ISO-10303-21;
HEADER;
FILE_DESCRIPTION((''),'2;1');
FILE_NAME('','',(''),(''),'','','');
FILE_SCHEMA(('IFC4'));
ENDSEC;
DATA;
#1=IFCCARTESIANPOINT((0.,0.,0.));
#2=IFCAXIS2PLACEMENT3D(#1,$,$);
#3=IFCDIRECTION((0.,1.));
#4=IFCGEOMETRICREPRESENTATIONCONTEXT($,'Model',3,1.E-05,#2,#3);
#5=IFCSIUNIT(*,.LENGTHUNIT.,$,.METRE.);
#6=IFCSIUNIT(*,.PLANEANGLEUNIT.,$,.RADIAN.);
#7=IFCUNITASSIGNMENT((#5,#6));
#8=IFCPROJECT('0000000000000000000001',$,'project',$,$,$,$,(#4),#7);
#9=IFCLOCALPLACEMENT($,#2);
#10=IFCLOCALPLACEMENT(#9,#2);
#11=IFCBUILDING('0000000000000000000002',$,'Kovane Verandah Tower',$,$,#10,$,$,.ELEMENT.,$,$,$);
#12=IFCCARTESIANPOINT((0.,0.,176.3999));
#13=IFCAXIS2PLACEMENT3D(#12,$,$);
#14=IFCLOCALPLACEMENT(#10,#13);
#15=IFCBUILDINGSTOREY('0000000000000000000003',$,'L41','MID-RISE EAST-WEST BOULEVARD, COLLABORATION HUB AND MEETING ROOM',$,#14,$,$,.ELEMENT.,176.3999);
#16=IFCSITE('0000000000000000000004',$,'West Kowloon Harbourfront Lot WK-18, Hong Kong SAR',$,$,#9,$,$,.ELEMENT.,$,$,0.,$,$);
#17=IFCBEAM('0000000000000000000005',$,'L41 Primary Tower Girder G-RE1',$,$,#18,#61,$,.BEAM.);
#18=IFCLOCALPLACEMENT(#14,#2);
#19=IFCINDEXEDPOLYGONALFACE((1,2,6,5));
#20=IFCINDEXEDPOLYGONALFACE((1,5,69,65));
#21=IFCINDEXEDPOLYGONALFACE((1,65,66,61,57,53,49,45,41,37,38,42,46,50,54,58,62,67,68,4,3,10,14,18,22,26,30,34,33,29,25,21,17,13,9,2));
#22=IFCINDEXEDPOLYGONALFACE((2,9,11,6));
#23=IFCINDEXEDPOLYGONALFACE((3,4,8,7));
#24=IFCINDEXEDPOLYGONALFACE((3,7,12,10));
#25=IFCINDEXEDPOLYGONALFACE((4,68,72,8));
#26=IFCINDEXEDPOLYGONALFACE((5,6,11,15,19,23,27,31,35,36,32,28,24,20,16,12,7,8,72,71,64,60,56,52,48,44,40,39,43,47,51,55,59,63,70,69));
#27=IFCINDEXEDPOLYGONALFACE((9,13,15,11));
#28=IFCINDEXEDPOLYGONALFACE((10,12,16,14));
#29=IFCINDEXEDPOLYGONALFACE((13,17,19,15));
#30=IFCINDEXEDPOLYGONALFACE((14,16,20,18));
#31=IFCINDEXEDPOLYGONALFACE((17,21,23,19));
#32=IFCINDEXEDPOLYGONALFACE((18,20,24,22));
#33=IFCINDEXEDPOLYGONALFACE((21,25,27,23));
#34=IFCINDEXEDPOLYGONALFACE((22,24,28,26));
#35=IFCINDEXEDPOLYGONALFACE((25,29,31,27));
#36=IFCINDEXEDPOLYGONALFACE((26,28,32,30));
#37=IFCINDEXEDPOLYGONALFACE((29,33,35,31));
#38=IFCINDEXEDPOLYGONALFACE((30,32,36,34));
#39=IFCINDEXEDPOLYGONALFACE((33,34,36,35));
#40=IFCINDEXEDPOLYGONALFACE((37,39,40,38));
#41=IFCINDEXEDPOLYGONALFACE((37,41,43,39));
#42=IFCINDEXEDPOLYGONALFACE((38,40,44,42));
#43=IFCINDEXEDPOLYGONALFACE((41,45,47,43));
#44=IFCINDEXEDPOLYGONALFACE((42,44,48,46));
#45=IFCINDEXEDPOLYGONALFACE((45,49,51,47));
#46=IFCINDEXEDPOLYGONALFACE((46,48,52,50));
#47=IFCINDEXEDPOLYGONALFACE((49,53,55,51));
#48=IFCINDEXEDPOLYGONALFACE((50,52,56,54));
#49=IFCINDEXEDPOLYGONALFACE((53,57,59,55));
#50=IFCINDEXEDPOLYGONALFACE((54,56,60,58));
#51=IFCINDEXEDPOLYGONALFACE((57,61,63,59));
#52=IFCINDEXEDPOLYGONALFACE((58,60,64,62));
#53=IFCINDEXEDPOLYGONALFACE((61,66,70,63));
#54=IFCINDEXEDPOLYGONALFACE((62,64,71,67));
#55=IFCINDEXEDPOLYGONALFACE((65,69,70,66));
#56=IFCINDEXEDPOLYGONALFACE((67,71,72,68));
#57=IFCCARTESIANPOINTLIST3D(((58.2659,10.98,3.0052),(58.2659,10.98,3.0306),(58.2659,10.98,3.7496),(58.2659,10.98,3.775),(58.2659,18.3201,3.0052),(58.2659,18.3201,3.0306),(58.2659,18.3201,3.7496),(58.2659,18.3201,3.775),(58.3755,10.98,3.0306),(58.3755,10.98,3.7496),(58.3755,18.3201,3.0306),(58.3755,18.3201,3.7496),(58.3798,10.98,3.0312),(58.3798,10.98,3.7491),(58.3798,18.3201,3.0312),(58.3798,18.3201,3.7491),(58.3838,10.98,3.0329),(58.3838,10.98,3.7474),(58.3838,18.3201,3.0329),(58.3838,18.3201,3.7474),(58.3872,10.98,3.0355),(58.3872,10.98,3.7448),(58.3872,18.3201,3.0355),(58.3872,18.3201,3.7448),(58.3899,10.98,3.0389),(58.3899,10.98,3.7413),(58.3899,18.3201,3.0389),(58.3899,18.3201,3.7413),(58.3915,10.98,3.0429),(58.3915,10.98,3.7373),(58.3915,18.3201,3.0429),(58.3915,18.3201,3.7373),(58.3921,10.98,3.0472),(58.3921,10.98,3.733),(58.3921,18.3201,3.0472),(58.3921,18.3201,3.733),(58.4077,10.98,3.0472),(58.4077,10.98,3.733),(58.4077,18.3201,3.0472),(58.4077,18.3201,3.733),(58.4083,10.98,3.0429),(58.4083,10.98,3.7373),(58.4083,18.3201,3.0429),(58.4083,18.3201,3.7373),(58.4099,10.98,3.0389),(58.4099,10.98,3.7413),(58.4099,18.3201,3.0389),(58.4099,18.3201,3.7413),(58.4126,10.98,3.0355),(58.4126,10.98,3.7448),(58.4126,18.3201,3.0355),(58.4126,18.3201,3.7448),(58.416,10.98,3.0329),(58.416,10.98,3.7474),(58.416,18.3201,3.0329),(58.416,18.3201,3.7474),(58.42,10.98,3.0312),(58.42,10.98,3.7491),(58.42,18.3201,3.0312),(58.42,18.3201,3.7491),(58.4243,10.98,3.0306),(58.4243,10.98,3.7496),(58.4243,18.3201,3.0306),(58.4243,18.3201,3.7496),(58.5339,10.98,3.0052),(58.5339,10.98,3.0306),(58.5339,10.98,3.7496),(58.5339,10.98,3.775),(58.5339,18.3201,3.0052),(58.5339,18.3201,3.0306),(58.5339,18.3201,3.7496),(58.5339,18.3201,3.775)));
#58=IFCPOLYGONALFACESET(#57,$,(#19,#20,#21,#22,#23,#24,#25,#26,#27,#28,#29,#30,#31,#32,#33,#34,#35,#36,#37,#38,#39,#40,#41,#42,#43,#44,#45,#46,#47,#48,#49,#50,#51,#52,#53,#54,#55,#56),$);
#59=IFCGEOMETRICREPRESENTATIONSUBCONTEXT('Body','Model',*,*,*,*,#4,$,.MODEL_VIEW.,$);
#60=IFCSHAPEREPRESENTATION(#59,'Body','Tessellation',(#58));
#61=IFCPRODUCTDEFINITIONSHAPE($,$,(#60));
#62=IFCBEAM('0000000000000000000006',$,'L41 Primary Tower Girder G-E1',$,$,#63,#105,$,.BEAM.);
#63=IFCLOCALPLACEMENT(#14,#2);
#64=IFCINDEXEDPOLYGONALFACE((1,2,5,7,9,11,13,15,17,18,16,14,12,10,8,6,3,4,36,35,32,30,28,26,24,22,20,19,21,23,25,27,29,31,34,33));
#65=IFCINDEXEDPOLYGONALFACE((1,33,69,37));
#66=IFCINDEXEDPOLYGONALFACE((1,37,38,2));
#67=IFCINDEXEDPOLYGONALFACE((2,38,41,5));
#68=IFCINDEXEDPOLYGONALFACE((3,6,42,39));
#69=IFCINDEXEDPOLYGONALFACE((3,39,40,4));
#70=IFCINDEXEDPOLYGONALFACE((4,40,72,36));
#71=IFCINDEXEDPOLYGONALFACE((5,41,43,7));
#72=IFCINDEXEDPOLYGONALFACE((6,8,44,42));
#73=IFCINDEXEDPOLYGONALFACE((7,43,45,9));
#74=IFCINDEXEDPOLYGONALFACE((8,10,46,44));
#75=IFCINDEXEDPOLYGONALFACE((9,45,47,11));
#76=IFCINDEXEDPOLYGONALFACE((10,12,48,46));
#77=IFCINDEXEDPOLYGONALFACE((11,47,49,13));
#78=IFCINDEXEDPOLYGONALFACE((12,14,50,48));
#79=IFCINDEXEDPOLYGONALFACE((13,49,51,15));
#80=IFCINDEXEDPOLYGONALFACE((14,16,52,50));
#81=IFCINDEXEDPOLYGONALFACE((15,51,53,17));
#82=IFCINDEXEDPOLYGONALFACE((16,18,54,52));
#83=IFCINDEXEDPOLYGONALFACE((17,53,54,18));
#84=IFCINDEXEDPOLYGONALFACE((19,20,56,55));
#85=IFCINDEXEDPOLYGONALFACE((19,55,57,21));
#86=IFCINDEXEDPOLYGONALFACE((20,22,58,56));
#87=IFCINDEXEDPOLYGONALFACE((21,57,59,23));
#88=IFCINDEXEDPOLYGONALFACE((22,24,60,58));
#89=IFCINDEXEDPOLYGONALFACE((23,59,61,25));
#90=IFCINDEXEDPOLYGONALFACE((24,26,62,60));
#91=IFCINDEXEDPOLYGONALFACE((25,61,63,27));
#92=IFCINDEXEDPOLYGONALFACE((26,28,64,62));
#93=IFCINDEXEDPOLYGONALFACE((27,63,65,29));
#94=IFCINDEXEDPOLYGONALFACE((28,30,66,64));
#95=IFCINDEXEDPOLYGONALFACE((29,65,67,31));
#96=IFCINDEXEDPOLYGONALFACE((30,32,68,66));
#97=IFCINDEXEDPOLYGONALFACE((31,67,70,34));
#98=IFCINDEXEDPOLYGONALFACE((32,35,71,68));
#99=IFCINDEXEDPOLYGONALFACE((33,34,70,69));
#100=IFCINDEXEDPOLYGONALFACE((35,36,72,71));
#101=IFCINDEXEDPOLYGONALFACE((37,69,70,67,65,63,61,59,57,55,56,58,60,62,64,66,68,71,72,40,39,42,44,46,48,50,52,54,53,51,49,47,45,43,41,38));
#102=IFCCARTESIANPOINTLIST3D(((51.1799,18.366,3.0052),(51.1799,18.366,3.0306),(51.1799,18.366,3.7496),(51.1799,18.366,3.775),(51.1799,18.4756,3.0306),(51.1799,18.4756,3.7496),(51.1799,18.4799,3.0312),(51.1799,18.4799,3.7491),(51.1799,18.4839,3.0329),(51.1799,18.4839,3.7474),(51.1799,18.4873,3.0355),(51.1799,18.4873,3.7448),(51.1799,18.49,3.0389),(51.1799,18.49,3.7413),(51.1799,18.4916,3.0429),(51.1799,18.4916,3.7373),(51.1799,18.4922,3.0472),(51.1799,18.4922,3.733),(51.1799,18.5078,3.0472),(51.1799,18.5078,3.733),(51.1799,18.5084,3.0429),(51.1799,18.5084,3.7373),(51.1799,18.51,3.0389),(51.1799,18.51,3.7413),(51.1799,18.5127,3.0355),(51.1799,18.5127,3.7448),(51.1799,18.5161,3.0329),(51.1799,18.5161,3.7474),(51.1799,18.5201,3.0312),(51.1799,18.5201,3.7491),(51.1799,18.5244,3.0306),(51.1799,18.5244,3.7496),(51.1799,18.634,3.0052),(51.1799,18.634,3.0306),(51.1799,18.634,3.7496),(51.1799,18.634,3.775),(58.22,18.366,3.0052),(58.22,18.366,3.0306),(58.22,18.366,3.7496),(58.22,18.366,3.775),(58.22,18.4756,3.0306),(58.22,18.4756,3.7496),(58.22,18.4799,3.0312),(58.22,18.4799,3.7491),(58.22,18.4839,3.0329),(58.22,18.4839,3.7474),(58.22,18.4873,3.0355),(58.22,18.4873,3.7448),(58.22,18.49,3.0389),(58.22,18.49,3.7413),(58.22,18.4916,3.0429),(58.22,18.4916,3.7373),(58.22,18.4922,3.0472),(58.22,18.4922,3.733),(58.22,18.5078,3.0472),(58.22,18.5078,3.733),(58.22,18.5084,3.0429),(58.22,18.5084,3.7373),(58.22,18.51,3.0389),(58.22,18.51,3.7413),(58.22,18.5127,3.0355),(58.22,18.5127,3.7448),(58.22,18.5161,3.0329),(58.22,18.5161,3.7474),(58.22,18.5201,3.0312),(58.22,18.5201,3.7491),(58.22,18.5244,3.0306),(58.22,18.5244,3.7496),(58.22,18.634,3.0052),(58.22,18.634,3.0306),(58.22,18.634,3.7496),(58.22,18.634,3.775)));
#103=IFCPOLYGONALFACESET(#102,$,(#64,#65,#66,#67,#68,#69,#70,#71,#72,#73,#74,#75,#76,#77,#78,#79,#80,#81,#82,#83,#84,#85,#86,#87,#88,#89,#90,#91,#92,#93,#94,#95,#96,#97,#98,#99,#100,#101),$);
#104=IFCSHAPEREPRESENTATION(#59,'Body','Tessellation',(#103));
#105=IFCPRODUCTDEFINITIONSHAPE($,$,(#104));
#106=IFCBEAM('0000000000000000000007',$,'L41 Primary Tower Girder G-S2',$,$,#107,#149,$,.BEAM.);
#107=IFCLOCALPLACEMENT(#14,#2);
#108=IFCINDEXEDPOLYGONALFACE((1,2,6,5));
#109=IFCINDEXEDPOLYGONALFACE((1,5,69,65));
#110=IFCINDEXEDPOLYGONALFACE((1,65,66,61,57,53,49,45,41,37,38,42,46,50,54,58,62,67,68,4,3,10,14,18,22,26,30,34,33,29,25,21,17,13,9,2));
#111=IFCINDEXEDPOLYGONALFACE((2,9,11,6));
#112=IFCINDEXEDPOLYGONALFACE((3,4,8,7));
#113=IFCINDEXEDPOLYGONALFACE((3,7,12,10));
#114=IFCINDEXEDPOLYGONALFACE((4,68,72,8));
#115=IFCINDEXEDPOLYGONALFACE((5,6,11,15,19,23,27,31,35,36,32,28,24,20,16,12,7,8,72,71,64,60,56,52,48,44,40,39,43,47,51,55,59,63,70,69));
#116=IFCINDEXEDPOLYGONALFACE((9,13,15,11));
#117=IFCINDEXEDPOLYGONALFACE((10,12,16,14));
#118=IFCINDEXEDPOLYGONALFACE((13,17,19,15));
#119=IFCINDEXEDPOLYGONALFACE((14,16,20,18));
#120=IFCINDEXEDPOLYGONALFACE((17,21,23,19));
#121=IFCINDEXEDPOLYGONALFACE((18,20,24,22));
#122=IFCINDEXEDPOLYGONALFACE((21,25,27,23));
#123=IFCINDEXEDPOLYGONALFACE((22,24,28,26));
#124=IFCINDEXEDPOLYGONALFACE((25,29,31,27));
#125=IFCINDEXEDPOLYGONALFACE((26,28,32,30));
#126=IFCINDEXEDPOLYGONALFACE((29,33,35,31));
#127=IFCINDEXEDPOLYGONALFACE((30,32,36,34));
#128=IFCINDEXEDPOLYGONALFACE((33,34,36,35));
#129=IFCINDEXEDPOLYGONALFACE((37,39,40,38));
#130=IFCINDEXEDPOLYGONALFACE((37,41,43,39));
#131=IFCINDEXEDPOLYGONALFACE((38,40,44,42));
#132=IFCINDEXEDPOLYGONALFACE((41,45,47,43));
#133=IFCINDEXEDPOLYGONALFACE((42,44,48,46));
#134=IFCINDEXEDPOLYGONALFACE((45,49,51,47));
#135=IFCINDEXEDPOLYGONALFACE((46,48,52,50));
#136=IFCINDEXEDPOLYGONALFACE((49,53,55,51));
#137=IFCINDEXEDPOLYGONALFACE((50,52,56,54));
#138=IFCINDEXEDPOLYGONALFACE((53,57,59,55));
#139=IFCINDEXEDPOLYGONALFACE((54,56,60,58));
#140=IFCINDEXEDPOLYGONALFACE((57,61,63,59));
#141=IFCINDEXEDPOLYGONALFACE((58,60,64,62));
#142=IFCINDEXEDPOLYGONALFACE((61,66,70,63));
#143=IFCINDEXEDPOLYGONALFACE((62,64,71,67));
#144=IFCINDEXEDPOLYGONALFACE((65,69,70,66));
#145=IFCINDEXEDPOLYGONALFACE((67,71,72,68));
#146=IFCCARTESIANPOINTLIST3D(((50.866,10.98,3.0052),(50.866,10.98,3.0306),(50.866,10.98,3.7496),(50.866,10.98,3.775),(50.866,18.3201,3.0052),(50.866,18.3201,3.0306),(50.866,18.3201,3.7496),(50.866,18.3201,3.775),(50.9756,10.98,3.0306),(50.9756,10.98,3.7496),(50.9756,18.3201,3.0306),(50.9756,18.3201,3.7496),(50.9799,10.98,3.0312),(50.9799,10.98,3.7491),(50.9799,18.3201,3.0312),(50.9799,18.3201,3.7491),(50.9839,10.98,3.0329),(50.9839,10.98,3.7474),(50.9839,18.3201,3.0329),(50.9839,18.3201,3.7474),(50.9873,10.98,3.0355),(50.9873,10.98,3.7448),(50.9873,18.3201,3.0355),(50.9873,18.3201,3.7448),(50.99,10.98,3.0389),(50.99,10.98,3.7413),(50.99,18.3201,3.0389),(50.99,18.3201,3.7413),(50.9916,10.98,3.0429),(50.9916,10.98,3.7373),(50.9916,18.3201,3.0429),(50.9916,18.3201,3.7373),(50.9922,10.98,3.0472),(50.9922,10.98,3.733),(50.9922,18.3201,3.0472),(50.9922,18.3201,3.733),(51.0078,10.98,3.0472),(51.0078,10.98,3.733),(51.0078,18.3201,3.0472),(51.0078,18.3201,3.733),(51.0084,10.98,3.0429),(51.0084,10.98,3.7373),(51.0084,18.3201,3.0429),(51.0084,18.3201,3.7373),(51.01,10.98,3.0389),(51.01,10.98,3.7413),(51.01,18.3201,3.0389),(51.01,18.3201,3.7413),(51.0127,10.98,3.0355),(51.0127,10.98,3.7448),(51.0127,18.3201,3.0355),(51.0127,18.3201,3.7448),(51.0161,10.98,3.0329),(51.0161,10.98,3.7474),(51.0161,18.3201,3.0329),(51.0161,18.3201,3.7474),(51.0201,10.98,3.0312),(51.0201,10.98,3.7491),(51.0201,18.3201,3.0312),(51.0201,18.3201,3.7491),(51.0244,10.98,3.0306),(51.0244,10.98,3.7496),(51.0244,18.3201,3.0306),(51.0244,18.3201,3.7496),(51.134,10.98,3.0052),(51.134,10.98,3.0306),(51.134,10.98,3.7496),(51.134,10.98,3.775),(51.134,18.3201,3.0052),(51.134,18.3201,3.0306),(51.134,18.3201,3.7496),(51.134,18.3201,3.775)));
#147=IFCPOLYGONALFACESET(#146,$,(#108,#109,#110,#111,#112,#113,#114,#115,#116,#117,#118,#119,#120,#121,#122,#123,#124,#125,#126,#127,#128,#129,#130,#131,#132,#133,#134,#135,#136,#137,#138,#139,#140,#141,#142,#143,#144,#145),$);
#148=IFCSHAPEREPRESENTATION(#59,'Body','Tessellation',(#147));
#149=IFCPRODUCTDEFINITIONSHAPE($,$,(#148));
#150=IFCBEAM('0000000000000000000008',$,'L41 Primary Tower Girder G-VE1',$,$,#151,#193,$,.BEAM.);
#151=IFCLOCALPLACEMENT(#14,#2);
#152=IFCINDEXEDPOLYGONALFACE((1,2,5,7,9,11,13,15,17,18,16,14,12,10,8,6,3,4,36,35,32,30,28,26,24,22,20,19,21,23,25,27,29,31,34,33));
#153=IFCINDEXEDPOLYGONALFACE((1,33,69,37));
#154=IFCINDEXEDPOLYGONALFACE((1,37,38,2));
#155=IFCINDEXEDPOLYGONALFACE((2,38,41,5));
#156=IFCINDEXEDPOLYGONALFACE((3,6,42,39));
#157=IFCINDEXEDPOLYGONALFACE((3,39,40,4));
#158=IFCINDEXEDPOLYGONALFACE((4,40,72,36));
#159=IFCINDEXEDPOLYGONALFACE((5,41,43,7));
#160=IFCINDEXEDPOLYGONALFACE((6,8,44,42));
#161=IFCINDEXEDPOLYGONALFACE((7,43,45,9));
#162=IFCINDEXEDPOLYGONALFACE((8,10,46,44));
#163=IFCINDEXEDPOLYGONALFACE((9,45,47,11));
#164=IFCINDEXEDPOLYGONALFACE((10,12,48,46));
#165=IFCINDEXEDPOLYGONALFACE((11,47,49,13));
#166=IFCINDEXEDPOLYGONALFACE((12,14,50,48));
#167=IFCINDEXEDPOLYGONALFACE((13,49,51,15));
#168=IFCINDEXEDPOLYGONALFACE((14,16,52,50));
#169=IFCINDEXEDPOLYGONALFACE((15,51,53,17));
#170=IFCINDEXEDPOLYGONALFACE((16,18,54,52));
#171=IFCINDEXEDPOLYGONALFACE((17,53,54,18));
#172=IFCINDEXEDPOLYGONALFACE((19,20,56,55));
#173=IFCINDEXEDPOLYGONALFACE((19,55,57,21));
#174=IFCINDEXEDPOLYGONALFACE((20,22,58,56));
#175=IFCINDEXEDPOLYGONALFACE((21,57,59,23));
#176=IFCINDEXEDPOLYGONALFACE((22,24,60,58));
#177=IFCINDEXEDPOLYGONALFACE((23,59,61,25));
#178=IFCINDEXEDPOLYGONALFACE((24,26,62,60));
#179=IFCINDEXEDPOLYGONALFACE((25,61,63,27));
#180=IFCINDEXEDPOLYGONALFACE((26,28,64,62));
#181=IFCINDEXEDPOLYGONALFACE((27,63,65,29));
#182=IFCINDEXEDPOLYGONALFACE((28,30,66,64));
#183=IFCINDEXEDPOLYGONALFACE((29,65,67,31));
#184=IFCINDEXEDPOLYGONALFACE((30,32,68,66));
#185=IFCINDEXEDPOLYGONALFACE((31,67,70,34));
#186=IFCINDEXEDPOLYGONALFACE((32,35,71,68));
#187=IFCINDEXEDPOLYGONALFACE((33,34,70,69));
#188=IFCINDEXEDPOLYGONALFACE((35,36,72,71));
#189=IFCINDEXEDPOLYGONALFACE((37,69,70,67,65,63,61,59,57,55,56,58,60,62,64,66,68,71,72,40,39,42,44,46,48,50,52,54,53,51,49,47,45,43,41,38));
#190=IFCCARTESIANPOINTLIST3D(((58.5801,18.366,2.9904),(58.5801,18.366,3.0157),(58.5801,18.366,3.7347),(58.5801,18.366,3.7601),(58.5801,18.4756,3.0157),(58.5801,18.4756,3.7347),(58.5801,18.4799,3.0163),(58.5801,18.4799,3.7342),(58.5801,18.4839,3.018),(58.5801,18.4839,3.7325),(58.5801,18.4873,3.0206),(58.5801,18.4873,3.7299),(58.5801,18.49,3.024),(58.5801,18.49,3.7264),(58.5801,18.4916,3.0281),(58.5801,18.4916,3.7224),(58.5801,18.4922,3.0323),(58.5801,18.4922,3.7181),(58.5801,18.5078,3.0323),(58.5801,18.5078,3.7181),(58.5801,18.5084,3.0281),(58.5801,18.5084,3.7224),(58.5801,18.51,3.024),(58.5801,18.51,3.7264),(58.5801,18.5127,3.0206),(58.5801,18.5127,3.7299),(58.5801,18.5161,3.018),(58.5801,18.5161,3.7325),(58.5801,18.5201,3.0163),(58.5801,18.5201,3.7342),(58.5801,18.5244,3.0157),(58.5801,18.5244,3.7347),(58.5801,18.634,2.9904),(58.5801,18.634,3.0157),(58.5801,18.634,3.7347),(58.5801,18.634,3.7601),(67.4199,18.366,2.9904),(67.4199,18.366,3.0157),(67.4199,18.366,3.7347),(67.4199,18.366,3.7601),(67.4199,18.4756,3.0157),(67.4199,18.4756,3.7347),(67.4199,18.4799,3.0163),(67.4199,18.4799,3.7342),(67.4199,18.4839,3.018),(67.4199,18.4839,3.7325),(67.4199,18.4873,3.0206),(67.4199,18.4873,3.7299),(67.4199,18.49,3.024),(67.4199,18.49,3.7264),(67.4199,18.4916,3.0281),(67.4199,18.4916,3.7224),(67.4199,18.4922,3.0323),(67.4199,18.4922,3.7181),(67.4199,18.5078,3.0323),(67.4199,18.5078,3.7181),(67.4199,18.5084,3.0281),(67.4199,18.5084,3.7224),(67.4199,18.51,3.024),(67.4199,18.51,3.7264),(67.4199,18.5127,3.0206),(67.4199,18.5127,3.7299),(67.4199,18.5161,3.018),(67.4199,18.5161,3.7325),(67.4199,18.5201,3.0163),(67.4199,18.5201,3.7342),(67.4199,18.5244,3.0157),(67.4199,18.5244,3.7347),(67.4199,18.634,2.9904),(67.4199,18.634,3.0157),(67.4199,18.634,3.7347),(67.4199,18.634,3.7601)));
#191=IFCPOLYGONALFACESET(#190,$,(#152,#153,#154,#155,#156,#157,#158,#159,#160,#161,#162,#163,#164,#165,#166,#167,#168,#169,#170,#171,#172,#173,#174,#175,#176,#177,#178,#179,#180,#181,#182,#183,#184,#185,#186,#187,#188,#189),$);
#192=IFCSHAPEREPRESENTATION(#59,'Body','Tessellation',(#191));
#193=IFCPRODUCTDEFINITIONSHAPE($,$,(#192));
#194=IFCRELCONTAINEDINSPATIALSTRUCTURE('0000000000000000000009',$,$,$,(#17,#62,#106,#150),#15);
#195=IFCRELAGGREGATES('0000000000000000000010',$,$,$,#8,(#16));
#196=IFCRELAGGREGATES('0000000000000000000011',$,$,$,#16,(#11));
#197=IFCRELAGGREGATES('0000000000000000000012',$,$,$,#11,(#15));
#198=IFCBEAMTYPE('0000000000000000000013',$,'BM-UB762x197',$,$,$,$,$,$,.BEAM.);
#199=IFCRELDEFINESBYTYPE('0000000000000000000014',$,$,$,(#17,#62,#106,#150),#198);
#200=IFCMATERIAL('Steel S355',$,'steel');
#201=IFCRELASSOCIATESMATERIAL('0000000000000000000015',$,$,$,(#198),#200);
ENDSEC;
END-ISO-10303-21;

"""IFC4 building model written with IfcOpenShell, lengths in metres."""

from ifc_helpers import new_model, si_unit, direction, frame, origin, origin_2d, place, context, subcontext, project, spatial, i_section, extrude, material, material_profile, profile_set, type_object, element, save


model = new_model("IFC4")

# Units and contexts
model_context = context("Model", 3, precision=1e-05, world=origin(), true_north=direction((0.0, 1.0)))
body_context = subcontext(model_context, "Body", "Model", "MODEL_VIEW")
ifc_project = project(units=[si_unit("LENGTHUNIT", "METRE"), si_unit("PLANEANGLEUNIT", "RADIAN")], contexts=[model_context])

# Site, building, storey
site_placement = place(None, origin())
site = spatial("IfcSite", under=ifc_project, at=site_placement, Name="West Kowloon Harbourfront Lot WK-18, Hong Kong SAR", CompositionType="ELEMENT", RefElevation=0.0)
building_placement = place(site_placement, origin())
building = spatial("IfcBuilding", under=site, at=building_placement, Name="Kovane Verandah Tower", CompositionType="ELEMENT")
storey_placement = place(building_placement, frame((0.0, 0.0, 176.3999)))
storey = spatial("IfcBuildingStorey", under=building, at=storey_placement, Name="L41", Description="MID-RISE EAST-WEST BOULEVARD, COLLABORATION HUB AND MEETING ROOM", CompositionType="ELEMENT", Elevation=176.3999)

# Beams
ifc_material_1 = material(Name="Steel S355", Category="steel")
ifc_material_profile_1 = material_profile(ifc_material_1, i_section(OverallWidth=0.2681, OverallDepth=0.7698, WebThickness=0.0156, FlangeThickness=0.0254, FilletRadius=0.0166, at=origin_2d()), Name="UB762x267x197")
ifc_profile_set_1 = profile_set([ifc_material_profile_1], Name="Steel S355")
beam_type_1 = type_object("IfcBeamType", Name="BM-UB762x197", PredefinedType="BEAM", material=ifc_profile_set_1)
beam_1_placement = place(storey_placement, frame((58.3999, 10.98, 3.3901), z_axis=(0.0, 1.0, 0.0), x_axis=(-1.0, 0.0, 0.0)))
element("IfcBeam", 1, at=beam_1_placement, inside=storey, type_object=beam_type_1, Name="L41 Primary Tower Girder G-RE1", PredefinedType="BEAM", context=body_context, shape_type="SweptSolid", body=[
    extrude(i_section(OverallWidth=0.2681, OverallDepth=0.7698, WebThickness=0.0156, FlangeThickness=0.0254, FilletRadius=0.0166, at=origin_2d()), origin(), (0.0, 0.0, 1.0), 7.3401),
])
beam_2_placement = place(storey_placement, frame((51.1799, 18.5, 3.3901), z_axis=(1.0, 0.0, 0.0), x_axis=(0.0, 1.0, 0.0)))
element("IfcBeam", 2, at=beam_2_placement, inside=storey, type_object=beam_type_1, Name="L41 Primary Tower Girder G-E1", PredefinedType="BEAM", context=body_context, shape_type="SweptSolid", body=[
    extrude(i_section(OverallWidth=0.2681, OverallDepth=0.7698, WebThickness=0.0156, FlangeThickness=0.0254, FilletRadius=0.0166, at=origin_2d()), origin(), (0.0, 0.0, 1.0), 7.04),
])
beam_3_placement = place(storey_placement, frame((51.0, 18.3201, 3.3901), z_axis=(0.0, -1.0, 0.0), x_axis=(1.0, 0.0, 0.0)))
element("IfcBeam", 3, at=beam_3_placement, inside=storey, type_object=beam_type_1, Name="L41 Primary Tower Girder G-S2", PredefinedType="BEAM", context=body_context, shape_type="SweptSolid", body=[
    extrude(i_section(OverallWidth=0.2681, OverallDepth=0.7698, WebThickness=0.0156, FlangeThickness=0.0254, FilletRadius=0.0166, at=origin_2d()), origin(), (0.0, 0.0, 1.0), 7.3401),
])
beam_4_placement = place(storey_placement, frame((58.5801, 18.5, 3.3752), z_axis=(1.0, 0.0, 0.0), x_axis=(0.0, 1.0, 0.0)))
element("IfcBeam", 4, at=beam_4_placement, inside=storey, type_object=beam_type_1, Name="L41 Primary Tower Girder G-VE1", PredefinedType="BEAM", context=body_context, shape_type="SweptSolid", body=[
    extrude(i_section(OverallWidth=0.2681, OverallDepth=0.7698, WebThickness=0.0156, FlangeThickness=0.0254, FilletRadius=0.0166, at=origin_2d()), origin(), (0.0, 0.0, 1.0), 8.8398),
])

save(model, "model.ifc")
